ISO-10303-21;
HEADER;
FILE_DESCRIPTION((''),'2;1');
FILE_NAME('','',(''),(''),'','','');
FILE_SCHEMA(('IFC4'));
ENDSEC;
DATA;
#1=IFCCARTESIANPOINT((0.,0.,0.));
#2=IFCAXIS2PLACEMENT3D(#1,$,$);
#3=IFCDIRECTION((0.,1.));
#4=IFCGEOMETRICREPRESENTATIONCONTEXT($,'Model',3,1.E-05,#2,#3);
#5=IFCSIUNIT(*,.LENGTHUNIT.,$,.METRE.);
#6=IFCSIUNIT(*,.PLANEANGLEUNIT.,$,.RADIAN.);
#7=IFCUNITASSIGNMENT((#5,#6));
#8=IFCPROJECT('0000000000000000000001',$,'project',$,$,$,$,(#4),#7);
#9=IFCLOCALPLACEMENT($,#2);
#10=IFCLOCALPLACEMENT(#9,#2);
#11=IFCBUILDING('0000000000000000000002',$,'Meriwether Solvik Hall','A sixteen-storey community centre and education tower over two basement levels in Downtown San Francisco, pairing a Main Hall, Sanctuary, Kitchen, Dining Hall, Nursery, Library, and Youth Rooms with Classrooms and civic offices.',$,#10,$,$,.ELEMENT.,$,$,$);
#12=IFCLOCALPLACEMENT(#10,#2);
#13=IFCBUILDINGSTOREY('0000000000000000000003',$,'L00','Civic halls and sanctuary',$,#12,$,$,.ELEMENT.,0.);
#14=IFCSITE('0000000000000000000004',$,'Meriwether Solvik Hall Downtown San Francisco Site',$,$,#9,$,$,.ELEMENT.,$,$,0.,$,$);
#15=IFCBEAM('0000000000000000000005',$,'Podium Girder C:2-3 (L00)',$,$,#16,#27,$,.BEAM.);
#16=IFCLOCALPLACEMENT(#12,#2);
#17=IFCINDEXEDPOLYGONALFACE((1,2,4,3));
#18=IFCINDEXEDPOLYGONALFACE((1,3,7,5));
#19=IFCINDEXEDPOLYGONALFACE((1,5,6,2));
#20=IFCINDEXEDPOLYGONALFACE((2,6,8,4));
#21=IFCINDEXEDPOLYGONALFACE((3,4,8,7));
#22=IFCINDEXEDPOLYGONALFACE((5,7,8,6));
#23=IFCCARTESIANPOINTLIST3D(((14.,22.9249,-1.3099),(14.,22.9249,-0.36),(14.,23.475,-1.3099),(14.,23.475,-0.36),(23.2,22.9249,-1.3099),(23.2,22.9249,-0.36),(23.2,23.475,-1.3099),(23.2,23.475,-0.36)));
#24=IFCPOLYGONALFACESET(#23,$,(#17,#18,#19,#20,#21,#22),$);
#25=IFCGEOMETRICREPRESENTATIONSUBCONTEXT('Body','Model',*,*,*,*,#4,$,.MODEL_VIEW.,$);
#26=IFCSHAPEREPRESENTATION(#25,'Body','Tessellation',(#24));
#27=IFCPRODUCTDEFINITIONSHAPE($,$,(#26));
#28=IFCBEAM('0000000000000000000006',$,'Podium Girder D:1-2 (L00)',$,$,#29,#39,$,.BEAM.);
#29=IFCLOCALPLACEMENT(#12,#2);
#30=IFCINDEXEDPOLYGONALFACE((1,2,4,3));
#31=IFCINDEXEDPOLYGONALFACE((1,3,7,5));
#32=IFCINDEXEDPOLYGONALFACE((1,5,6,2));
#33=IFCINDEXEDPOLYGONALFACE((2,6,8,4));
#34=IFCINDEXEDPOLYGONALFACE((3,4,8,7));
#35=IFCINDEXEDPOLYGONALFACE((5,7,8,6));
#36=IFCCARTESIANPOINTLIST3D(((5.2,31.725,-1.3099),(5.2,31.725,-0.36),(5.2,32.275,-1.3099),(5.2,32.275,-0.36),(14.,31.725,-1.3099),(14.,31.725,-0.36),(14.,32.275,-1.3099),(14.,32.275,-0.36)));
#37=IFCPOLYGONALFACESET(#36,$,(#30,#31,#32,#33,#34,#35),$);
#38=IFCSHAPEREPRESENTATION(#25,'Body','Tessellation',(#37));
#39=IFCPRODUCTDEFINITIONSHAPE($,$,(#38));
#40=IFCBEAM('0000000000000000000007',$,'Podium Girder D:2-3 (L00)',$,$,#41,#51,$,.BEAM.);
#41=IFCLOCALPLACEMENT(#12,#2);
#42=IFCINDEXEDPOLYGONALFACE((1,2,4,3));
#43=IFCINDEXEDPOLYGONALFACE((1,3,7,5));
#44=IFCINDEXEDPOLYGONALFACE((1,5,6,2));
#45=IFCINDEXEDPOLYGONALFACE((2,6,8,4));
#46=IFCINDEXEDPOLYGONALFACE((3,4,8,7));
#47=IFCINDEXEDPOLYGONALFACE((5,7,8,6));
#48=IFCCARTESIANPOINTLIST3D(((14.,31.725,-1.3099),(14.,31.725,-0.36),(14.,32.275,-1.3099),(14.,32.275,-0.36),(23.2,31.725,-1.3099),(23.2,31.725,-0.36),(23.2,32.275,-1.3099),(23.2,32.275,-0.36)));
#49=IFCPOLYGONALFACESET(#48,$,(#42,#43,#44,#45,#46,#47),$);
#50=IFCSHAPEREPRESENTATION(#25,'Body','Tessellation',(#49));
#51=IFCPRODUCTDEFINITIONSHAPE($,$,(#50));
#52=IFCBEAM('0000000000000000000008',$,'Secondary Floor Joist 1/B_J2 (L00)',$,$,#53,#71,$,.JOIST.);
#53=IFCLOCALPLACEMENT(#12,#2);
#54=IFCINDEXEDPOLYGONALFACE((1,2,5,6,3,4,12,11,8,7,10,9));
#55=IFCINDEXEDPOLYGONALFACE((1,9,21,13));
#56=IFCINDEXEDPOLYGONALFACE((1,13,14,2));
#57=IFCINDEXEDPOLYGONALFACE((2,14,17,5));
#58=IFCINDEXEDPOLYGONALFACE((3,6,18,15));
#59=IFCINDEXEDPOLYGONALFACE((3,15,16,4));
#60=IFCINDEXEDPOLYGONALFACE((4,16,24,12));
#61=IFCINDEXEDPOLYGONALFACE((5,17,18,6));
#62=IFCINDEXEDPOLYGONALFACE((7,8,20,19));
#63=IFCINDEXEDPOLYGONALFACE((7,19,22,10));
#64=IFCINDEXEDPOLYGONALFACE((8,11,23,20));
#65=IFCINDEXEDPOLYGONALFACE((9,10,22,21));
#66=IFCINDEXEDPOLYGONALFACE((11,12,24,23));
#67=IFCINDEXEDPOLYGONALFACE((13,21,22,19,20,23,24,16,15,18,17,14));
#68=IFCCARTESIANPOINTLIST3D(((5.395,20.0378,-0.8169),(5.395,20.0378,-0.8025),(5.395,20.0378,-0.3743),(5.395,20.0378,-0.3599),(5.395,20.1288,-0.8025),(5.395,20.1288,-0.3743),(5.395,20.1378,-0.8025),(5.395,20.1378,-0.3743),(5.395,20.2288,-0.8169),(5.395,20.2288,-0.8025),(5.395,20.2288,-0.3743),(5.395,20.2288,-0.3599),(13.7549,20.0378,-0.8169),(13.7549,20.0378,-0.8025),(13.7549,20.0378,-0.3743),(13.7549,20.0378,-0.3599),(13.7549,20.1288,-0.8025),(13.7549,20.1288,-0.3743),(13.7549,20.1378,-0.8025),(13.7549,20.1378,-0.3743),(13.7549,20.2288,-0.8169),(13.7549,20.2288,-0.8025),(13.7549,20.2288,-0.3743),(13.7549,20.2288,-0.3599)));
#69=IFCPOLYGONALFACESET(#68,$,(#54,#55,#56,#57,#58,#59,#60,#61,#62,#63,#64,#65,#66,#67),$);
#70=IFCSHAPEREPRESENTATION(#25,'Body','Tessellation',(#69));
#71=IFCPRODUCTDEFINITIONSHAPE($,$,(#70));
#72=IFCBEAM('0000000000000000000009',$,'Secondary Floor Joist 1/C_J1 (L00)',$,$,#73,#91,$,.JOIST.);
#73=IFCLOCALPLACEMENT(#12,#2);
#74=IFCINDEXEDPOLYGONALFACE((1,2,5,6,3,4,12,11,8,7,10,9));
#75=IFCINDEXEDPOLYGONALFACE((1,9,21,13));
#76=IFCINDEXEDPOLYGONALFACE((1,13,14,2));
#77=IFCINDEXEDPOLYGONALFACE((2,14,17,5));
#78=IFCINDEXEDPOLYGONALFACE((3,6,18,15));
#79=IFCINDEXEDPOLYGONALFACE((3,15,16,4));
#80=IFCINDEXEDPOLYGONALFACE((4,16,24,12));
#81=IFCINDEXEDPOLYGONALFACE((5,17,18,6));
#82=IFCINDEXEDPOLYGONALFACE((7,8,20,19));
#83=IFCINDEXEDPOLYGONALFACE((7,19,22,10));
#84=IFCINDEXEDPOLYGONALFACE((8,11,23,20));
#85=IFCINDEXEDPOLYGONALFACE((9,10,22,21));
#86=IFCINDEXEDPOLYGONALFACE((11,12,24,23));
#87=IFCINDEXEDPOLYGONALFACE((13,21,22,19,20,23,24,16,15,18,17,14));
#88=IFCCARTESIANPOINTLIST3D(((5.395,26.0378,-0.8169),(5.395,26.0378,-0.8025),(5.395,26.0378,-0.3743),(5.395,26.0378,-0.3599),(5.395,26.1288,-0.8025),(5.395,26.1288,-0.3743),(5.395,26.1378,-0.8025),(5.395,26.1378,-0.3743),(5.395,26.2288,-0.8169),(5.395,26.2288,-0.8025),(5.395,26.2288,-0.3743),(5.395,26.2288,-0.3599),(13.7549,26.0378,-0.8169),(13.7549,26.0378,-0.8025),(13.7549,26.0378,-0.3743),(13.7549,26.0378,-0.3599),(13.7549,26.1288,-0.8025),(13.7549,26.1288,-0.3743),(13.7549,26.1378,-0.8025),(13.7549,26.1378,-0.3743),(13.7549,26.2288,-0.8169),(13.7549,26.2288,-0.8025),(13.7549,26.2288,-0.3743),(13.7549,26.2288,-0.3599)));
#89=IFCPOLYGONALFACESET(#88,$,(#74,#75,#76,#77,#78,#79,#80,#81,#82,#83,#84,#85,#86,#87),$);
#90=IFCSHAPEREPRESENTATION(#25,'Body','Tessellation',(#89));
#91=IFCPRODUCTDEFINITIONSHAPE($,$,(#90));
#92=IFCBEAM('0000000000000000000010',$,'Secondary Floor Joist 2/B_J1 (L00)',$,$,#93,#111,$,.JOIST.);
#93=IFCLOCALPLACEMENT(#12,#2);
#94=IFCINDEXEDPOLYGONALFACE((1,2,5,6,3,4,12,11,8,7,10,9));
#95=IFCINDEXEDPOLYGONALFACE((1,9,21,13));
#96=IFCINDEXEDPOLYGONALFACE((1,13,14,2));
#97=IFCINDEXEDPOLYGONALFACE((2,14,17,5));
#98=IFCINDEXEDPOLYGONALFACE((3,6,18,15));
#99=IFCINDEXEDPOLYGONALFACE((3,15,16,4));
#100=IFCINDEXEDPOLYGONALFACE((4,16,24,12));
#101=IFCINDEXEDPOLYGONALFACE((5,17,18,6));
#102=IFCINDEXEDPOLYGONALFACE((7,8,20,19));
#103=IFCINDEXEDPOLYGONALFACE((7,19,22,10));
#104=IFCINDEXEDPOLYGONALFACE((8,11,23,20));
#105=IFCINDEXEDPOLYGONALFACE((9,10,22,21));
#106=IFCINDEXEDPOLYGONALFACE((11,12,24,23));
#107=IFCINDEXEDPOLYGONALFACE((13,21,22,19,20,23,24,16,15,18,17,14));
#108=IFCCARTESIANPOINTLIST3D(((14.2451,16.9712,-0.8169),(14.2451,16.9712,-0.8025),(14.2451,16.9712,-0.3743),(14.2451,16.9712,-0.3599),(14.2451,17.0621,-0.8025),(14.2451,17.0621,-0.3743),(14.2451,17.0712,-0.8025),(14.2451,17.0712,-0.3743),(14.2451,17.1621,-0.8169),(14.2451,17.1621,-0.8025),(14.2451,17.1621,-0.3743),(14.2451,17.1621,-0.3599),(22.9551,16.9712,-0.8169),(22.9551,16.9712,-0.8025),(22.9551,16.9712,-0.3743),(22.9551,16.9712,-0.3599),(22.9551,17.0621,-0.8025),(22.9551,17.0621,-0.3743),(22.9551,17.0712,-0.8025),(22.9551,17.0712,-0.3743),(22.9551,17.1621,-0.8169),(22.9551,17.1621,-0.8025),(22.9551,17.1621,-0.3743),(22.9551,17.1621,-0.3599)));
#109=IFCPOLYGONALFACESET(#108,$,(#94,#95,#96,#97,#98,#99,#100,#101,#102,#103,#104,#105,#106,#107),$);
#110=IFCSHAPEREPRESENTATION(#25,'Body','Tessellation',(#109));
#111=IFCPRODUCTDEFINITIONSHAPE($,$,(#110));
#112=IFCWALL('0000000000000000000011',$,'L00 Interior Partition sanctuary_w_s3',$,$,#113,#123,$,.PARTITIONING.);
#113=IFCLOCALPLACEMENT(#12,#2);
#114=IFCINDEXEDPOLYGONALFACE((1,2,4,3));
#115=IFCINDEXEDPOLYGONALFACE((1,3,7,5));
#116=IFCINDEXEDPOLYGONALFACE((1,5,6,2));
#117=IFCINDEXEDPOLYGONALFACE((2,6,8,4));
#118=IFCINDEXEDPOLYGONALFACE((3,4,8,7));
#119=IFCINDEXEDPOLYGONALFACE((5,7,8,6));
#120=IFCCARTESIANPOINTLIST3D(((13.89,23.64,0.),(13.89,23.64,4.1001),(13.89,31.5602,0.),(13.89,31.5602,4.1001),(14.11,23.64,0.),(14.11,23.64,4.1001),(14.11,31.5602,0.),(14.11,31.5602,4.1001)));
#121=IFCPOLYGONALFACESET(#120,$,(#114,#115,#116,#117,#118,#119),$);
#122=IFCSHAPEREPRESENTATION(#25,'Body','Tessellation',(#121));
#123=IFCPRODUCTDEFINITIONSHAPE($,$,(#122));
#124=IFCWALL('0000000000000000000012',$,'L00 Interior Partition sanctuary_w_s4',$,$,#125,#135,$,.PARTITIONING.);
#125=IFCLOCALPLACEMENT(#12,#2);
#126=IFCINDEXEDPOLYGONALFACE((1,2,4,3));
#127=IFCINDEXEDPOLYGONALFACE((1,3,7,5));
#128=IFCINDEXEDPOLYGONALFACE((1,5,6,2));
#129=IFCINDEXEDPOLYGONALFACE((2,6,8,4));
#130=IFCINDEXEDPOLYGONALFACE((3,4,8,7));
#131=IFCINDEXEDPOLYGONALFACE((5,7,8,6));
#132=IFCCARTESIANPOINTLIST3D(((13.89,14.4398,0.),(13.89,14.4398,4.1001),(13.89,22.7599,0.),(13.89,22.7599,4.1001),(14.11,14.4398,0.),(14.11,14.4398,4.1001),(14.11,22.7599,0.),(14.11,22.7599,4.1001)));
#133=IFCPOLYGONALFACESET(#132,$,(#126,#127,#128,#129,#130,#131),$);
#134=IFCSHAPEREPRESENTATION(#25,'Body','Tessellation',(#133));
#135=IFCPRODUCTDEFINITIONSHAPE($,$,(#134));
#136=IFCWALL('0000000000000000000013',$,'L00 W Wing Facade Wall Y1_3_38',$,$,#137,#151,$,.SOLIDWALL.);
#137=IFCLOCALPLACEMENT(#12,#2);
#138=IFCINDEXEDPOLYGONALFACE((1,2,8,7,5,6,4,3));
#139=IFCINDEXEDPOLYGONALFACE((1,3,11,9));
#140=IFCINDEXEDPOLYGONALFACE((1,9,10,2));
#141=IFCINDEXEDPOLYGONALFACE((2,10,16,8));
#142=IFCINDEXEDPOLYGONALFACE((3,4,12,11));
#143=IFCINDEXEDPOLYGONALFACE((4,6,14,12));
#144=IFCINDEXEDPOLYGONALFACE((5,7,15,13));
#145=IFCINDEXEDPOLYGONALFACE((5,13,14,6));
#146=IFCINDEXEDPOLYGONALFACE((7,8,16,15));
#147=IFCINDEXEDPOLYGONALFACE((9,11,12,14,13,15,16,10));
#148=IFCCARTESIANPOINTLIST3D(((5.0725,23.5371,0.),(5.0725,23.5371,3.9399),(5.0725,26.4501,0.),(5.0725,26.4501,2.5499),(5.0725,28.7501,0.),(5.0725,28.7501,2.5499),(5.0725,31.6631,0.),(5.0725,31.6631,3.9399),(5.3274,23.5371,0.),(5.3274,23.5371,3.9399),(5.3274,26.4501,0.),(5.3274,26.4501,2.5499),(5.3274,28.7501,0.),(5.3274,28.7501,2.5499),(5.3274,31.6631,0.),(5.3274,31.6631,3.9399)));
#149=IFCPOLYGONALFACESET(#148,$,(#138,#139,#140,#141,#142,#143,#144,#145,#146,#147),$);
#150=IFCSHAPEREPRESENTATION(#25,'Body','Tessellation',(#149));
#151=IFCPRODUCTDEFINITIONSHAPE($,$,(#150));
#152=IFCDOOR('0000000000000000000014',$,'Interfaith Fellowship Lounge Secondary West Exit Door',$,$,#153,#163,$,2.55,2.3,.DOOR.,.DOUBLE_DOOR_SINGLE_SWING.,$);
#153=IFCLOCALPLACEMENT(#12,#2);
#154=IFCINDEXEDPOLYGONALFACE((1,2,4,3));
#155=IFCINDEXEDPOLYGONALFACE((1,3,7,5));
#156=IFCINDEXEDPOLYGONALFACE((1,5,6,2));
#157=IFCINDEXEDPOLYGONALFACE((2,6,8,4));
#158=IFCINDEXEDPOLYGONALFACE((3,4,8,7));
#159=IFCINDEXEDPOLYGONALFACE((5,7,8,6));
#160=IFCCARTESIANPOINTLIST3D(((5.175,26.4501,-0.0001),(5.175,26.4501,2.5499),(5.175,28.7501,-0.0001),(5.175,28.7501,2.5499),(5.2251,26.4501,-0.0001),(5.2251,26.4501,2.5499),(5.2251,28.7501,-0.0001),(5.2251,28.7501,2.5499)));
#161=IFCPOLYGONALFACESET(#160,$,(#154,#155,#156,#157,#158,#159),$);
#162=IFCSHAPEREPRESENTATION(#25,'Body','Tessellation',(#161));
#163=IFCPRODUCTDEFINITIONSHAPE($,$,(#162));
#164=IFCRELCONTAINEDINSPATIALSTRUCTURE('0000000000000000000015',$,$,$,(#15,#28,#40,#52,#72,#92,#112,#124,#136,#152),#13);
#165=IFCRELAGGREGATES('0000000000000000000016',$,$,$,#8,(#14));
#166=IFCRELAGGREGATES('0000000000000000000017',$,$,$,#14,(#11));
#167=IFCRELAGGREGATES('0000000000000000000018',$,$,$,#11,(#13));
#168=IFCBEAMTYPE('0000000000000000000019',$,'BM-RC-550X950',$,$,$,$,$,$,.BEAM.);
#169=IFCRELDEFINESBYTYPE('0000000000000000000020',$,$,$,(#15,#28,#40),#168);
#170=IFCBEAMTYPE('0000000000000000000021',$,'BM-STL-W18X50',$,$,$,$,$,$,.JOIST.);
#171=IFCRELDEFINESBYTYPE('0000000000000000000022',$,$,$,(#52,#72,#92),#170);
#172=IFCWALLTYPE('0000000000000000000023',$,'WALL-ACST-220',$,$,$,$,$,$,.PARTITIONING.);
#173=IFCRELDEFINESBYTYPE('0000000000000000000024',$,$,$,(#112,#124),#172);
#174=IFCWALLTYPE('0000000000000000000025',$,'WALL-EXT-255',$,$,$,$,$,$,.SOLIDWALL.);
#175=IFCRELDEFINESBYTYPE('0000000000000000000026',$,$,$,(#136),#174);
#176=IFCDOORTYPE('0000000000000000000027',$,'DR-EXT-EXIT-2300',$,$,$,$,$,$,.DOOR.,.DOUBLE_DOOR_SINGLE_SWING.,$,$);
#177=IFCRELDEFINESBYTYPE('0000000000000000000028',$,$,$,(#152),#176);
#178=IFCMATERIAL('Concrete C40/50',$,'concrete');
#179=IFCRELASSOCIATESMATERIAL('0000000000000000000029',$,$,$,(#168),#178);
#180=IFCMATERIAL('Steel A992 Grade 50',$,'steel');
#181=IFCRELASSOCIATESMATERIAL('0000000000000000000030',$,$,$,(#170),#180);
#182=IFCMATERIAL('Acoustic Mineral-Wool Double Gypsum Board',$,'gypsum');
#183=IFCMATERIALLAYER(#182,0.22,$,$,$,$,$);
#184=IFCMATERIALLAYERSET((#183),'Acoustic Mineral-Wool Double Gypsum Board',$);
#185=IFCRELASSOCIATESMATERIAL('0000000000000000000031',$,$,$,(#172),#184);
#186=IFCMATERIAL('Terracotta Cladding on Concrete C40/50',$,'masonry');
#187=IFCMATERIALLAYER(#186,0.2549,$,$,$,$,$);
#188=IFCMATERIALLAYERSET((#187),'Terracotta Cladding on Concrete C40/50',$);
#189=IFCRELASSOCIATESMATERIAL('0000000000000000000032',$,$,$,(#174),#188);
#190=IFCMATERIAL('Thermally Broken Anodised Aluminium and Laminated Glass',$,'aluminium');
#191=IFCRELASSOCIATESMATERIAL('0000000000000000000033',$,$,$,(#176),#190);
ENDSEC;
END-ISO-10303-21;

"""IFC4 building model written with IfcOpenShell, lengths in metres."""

from ifc_helpers import new_model, si_unit, direction, frame, frame_2d, origin, origin_2d, place, context, subcontext, project, spatial, rectangle, i_section, extrude, material, layer, layer_set, material_profile, profile_set, type_object, element, fill, save


model = new_model("IFC4")

# Units and contexts
model_context = context("Model", 3, precision=1e-05, world=origin(), true_north=direction((0.0, 1.0)))
body_context = subcontext(model_context, "Body", "Model", "MODEL_VIEW")
ifc_project = project(units=[si_unit("LENGTHUNIT", "METRE"), si_unit("PLANEANGLEUNIT", "RADIAN")], contexts=[model_context])

# Site, building, storey
site_placement = place(None, origin())
site = spatial("IfcSite", under=ifc_project, at=site_placement, Name="Meriwether Solvik Hall Downtown San Francisco Site", CompositionType="ELEMENT", RefElevation=0.0)
building_placement = place(site_placement, origin())
building = spatial("IfcBuilding", under=site, at=building_placement, Name="Meriwether Solvik Hall", Description="A sixteen-storey community centre and education tower over two basement levels in Downtown San Francisco, pairing a Main Hall, Sanctuary, Kitchen, Dining Hall, Nursery, Library, and Youth Rooms with Classrooms and civic offices.", CompositionType="ELEMENT")
storey_placement = place(building_placement, origin())
storey = spatial("IfcBuildingStorey", under=building, at=storey_placement, Name="L00", Description="Civic halls and sanctuary", CompositionType="ELEMENT", Elevation=0.0)

# Beams
ifc_material_1 = material(Name="Concrete C40/50", Category="concrete")
ifc_material_profile_1 = material_profile(ifc_material_1, rectangle(XDim=0.55, YDim=0.95, at=origin_2d()), Name="RCB-550X950")
ifc_profile_set_1 = profile_set([ifc_material_profile_1], Name="Concrete C40/50")
beam_type_1 = type_object("IfcBeamType", Name="BM-RC-550X950", PredefinedType="BEAM", material=ifc_profile_set_1)
beam_1_placement = place(storey_placement, frame((14.0, 23.2, -0.835), z_axis=(1.0, 0.0, 0.0), x_axis=(0.0, 1.0, 0.0)))
element("IfcBeam", 1, at=beam_1_placement, inside=storey, type_object=beam_type_1, Name="Podium Girder C:2-3 (L00)", PredefinedType="BEAM", context=body_context, shape_type="SweptSolid", body=[
    extrude(rectangle(XDim=0.55, YDim=0.95, at=origin_2d()), origin(), (0.0, 0.0, 1.0), 9.2),
])
beam_2_placement = place(storey_placement, frame((5.2, 32.0, -0.835), z_axis=(1.0, 0.0, 0.0), x_axis=(0.0, 1.0, 0.0)))
element("IfcBeam", 2, at=beam_2_placement, inside=storey, type_object=beam_type_1, Name="Podium Girder D:1-2 (L00)", PredefinedType="BEAM", context=body_context, shape_type="SweptSolid", body=[
    extrude(rectangle(XDim=0.55, YDim=0.95, at=origin_2d()), origin(), (0.0, 0.0, 1.0), 8.8),
])
beam_3_placement = place(storey_placement, frame((14.0, 32.0, -0.835), z_axis=(1.0, 0.0, 0.0), x_axis=(0.0, 1.0, 0.0)))
element("IfcBeam", 3, at=beam_3_placement, inside=storey, type_object=beam_type_1, Name="Podium Girder D:2-3 (L00)", PredefinedType="BEAM", context=body_context, shape_type="SweptSolid", body=[
    extrude(rectangle(XDim=0.55, YDim=0.95, at=origin_2d()), origin(), (0.0, 0.0, 1.0), 9.2),
])
ifc_material_2 = material(Name="Steel A992 Grade 50", Category="steel")
ifc_material_profile_2 = material_profile(ifc_material_2, i_section(OverallWidth=0.1909, OverallDepth=0.457, WebThickness=0.009, FlangeThickness=0.0144, at=origin_2d()), Name="W18X50")
ifc_profile_set_2 = profile_set([ifc_material_profile_2], Name="Steel A992 Grade 50")
beam_type_2 = type_object("IfcBeamType", Name="BM-STL-W18X50", PredefinedType="JOIST", material=ifc_profile_set_2)
for number, where, z_axis, x_axis, name in (
    (4, (5.395, 20.1333, -0.5884), (1.0, 0.0, 0.0), (0.0, 1.0, 0.0), "Secondary Floor Joist 1/B_J2 (L00)"),
    (5, (5.395, 26.1333, -0.5884), (1.0, 0.0, 0.0), (0.0, 1.0, 0.0), "Secondary Floor Joist 1/C_J1 (L00)"),
):
    element("IfcBeam", number, at=place(storey_placement, frame(where, z_axis=z_axis, x_axis=x_axis)), inside=storey, type_object=beam_type_2, Name=name, PredefinedType="JOIST", context=body_context, shape_type="SweptSolid", body=[
        extrude(i_section(OverallWidth=0.1909, OverallDepth=0.457, WebThickness=0.009, FlangeThickness=0.0144, at=origin_2d()), origin(), (0.0, 0.0, 1.0), 8.3599),
    ])
beam_4_placement = place(storey_placement, frame((14.2451, 17.0667, -0.5884), z_axis=(1.0, 0.0, 0.0), x_axis=(0.0, 1.0, 0.0)))
element("IfcBeam", 6, at=beam_4_placement, inside=storey, type_object=beam_type_2, Name="Secondary Floor Joist 2/B_J1 (L00)", PredefinedType="JOIST", context=body_context, shape_type="SweptSolid", body=[
    extrude(i_section(OverallWidth=0.1909, OverallDepth=0.457, WebThickness=0.009, FlangeThickness=0.0144, at=origin_2d()), origin(), (0.0, 0.0, 1.0), 8.71),
])

# Walls
ifc_material_3 = material(Name="Acoustic Mineral-Wool Double Gypsum Board", Category="gypsum")
ifc_layer_1 = layer(ifc_material_3, 0.22)
ifc_layer_set_1 = layer_set([ifc_layer_1], Name="Acoustic Mineral-Wool Double Gypsum Board")
wall_type_1 = type_object("IfcWallType", Name="WALL-ACST-220", PredefinedType="PARTITIONING", material=ifc_layer_set_1)
wall_1_placement = place(storey_placement, frame((14.0, 31.5601, 0.0), z_axis=(0.0, 0.0, 1.0), x_axis=(0.0, -1.0, 0.0)))
element("IfcWall", 7, at=wall_1_placement, inside=storey, type_object=wall_type_1, Name="L00 Interior Partition sanctuary_w_s3", PredefinedType="PARTITIONING", context=body_context, shape_type="SweptSolid", body=[
    extrude(rectangle(XDim=7.9202, YDim=0.22, at=frame_2d((3.96, 0.0))), origin(), (0.0, 0.0, 1.0), 4.1001),
])
wall_2_placement = place(storey_placement, frame((14.0, 22.76, 0.0), z_axis=(0.0, 0.0, 1.0), x_axis=(0.0, -1.0, 0.0)))
element("IfcWall", 8, at=wall_2_placement, inside=storey, type_object=wall_type_1, Name="L00 Interior Partition sanctuary_w_s4", PredefinedType="PARTITIONING", context=body_context, shape_type="SweptSolid", body=[
    extrude(rectangle(XDim=8.3201, YDim=0.22, at=frame_2d((4.1602, 0.0))), origin(), (0.0, 0.0, 1.0), 4.1001),
])

# Wall, opening, door
ifc_material_4 = material(Name="Terracotta Cladding on Concrete C40/50", Category="masonry")
ifc_layer_2 = layer(ifc_material_4, 0.2549)
ifc_layer_set_2 = layer_set([ifc_layer_2], Name="Terracotta Cladding on Concrete C40/50")
wall_type_2 = type_object("IfcWallType", Name="WALL-EXT-255", PredefinedType="SOLIDWALL", material=ifc_layer_set_2)
wall_3_placement = place(storey_placement, frame((5.2, 23.5371, 0.0), z_axis=(0.0, 0.0, 1.0), x_axis=(0.0, 1.0, 0.0)))
wall_3 = element("IfcWall", 9, at=wall_3_placement, inside=storey, type_object=wall_type_2, Name="L00 W Wing Facade Wall Y1_3_38", PredefinedType="SOLIDWALL", context=body_context, shape_type="SweptSolid", body=[
    extrude(rectangle(XDim=8.126, YDim=0.2549, at=frame_2d((4.063, 0.0))), origin(), (0.0, 0.0, 1.0), 3.9399),
])
opening_1_placement = place(wall_3_placement, frame((2.9131, 0.0, 0.0)))
opening_1 = element("IfcOpeningElement", 10, at=opening_1_placement, cuts=wall_3, PredefinedType="OPENING", context=body_context, shape_type="SweptSolid", body=[
    extrude(rectangle(XDim=2.3, YDim=2.55, at=frame_2d((1.1499, 1.2749))), frame((0.0, 0.1394, 0.0), z_axis=(0.0, -1.0, 0.0), x_axis=(1.0, 0.0, 0.0)), (0.0, 0.0, 1.0), 0.2788),
])
ifc_material_5 = material(Name="Thermally Broken Anodised Aluminium and Laminated Glass", Category="aluminium")
door_type_1 = type_object("IfcDoorType", Name="DR-EXT-EXIT-2300", OperationType="DOUBLE_DOOR_SINGLE_SWING", PredefinedType="DOOR", material=ifc_material_5)
door_1_placement = place(opening_1_placement, origin())
door_1 = element("IfcDoor", 11, at=door_1_placement, inside=storey, type_object=door_type_1, Name="Interfaith Fellowship Lounge Secondary West Exit Door", OperationType="DOUBLE_DOOR_SINGLE_SWING", OverallHeight=2.55, OverallWidth=2.3, PredefinedType="DOOR", context=body_context, shape_type="SweptSolid", body=[
    extrude(rectangle(XDim=2.3, YDim=2.55, at=frame_2d((1.1499, 1.2749))), frame((0.0, 0.0249, 0.0), z_axis=(0.0, -1.0, 0.0), x_axis=(1.0, 0.0, 0.0)), (0.0, 0.0, 1.0), 0.05),
])
fill(opening_1, door_1)

save(model, "model.ifc")
